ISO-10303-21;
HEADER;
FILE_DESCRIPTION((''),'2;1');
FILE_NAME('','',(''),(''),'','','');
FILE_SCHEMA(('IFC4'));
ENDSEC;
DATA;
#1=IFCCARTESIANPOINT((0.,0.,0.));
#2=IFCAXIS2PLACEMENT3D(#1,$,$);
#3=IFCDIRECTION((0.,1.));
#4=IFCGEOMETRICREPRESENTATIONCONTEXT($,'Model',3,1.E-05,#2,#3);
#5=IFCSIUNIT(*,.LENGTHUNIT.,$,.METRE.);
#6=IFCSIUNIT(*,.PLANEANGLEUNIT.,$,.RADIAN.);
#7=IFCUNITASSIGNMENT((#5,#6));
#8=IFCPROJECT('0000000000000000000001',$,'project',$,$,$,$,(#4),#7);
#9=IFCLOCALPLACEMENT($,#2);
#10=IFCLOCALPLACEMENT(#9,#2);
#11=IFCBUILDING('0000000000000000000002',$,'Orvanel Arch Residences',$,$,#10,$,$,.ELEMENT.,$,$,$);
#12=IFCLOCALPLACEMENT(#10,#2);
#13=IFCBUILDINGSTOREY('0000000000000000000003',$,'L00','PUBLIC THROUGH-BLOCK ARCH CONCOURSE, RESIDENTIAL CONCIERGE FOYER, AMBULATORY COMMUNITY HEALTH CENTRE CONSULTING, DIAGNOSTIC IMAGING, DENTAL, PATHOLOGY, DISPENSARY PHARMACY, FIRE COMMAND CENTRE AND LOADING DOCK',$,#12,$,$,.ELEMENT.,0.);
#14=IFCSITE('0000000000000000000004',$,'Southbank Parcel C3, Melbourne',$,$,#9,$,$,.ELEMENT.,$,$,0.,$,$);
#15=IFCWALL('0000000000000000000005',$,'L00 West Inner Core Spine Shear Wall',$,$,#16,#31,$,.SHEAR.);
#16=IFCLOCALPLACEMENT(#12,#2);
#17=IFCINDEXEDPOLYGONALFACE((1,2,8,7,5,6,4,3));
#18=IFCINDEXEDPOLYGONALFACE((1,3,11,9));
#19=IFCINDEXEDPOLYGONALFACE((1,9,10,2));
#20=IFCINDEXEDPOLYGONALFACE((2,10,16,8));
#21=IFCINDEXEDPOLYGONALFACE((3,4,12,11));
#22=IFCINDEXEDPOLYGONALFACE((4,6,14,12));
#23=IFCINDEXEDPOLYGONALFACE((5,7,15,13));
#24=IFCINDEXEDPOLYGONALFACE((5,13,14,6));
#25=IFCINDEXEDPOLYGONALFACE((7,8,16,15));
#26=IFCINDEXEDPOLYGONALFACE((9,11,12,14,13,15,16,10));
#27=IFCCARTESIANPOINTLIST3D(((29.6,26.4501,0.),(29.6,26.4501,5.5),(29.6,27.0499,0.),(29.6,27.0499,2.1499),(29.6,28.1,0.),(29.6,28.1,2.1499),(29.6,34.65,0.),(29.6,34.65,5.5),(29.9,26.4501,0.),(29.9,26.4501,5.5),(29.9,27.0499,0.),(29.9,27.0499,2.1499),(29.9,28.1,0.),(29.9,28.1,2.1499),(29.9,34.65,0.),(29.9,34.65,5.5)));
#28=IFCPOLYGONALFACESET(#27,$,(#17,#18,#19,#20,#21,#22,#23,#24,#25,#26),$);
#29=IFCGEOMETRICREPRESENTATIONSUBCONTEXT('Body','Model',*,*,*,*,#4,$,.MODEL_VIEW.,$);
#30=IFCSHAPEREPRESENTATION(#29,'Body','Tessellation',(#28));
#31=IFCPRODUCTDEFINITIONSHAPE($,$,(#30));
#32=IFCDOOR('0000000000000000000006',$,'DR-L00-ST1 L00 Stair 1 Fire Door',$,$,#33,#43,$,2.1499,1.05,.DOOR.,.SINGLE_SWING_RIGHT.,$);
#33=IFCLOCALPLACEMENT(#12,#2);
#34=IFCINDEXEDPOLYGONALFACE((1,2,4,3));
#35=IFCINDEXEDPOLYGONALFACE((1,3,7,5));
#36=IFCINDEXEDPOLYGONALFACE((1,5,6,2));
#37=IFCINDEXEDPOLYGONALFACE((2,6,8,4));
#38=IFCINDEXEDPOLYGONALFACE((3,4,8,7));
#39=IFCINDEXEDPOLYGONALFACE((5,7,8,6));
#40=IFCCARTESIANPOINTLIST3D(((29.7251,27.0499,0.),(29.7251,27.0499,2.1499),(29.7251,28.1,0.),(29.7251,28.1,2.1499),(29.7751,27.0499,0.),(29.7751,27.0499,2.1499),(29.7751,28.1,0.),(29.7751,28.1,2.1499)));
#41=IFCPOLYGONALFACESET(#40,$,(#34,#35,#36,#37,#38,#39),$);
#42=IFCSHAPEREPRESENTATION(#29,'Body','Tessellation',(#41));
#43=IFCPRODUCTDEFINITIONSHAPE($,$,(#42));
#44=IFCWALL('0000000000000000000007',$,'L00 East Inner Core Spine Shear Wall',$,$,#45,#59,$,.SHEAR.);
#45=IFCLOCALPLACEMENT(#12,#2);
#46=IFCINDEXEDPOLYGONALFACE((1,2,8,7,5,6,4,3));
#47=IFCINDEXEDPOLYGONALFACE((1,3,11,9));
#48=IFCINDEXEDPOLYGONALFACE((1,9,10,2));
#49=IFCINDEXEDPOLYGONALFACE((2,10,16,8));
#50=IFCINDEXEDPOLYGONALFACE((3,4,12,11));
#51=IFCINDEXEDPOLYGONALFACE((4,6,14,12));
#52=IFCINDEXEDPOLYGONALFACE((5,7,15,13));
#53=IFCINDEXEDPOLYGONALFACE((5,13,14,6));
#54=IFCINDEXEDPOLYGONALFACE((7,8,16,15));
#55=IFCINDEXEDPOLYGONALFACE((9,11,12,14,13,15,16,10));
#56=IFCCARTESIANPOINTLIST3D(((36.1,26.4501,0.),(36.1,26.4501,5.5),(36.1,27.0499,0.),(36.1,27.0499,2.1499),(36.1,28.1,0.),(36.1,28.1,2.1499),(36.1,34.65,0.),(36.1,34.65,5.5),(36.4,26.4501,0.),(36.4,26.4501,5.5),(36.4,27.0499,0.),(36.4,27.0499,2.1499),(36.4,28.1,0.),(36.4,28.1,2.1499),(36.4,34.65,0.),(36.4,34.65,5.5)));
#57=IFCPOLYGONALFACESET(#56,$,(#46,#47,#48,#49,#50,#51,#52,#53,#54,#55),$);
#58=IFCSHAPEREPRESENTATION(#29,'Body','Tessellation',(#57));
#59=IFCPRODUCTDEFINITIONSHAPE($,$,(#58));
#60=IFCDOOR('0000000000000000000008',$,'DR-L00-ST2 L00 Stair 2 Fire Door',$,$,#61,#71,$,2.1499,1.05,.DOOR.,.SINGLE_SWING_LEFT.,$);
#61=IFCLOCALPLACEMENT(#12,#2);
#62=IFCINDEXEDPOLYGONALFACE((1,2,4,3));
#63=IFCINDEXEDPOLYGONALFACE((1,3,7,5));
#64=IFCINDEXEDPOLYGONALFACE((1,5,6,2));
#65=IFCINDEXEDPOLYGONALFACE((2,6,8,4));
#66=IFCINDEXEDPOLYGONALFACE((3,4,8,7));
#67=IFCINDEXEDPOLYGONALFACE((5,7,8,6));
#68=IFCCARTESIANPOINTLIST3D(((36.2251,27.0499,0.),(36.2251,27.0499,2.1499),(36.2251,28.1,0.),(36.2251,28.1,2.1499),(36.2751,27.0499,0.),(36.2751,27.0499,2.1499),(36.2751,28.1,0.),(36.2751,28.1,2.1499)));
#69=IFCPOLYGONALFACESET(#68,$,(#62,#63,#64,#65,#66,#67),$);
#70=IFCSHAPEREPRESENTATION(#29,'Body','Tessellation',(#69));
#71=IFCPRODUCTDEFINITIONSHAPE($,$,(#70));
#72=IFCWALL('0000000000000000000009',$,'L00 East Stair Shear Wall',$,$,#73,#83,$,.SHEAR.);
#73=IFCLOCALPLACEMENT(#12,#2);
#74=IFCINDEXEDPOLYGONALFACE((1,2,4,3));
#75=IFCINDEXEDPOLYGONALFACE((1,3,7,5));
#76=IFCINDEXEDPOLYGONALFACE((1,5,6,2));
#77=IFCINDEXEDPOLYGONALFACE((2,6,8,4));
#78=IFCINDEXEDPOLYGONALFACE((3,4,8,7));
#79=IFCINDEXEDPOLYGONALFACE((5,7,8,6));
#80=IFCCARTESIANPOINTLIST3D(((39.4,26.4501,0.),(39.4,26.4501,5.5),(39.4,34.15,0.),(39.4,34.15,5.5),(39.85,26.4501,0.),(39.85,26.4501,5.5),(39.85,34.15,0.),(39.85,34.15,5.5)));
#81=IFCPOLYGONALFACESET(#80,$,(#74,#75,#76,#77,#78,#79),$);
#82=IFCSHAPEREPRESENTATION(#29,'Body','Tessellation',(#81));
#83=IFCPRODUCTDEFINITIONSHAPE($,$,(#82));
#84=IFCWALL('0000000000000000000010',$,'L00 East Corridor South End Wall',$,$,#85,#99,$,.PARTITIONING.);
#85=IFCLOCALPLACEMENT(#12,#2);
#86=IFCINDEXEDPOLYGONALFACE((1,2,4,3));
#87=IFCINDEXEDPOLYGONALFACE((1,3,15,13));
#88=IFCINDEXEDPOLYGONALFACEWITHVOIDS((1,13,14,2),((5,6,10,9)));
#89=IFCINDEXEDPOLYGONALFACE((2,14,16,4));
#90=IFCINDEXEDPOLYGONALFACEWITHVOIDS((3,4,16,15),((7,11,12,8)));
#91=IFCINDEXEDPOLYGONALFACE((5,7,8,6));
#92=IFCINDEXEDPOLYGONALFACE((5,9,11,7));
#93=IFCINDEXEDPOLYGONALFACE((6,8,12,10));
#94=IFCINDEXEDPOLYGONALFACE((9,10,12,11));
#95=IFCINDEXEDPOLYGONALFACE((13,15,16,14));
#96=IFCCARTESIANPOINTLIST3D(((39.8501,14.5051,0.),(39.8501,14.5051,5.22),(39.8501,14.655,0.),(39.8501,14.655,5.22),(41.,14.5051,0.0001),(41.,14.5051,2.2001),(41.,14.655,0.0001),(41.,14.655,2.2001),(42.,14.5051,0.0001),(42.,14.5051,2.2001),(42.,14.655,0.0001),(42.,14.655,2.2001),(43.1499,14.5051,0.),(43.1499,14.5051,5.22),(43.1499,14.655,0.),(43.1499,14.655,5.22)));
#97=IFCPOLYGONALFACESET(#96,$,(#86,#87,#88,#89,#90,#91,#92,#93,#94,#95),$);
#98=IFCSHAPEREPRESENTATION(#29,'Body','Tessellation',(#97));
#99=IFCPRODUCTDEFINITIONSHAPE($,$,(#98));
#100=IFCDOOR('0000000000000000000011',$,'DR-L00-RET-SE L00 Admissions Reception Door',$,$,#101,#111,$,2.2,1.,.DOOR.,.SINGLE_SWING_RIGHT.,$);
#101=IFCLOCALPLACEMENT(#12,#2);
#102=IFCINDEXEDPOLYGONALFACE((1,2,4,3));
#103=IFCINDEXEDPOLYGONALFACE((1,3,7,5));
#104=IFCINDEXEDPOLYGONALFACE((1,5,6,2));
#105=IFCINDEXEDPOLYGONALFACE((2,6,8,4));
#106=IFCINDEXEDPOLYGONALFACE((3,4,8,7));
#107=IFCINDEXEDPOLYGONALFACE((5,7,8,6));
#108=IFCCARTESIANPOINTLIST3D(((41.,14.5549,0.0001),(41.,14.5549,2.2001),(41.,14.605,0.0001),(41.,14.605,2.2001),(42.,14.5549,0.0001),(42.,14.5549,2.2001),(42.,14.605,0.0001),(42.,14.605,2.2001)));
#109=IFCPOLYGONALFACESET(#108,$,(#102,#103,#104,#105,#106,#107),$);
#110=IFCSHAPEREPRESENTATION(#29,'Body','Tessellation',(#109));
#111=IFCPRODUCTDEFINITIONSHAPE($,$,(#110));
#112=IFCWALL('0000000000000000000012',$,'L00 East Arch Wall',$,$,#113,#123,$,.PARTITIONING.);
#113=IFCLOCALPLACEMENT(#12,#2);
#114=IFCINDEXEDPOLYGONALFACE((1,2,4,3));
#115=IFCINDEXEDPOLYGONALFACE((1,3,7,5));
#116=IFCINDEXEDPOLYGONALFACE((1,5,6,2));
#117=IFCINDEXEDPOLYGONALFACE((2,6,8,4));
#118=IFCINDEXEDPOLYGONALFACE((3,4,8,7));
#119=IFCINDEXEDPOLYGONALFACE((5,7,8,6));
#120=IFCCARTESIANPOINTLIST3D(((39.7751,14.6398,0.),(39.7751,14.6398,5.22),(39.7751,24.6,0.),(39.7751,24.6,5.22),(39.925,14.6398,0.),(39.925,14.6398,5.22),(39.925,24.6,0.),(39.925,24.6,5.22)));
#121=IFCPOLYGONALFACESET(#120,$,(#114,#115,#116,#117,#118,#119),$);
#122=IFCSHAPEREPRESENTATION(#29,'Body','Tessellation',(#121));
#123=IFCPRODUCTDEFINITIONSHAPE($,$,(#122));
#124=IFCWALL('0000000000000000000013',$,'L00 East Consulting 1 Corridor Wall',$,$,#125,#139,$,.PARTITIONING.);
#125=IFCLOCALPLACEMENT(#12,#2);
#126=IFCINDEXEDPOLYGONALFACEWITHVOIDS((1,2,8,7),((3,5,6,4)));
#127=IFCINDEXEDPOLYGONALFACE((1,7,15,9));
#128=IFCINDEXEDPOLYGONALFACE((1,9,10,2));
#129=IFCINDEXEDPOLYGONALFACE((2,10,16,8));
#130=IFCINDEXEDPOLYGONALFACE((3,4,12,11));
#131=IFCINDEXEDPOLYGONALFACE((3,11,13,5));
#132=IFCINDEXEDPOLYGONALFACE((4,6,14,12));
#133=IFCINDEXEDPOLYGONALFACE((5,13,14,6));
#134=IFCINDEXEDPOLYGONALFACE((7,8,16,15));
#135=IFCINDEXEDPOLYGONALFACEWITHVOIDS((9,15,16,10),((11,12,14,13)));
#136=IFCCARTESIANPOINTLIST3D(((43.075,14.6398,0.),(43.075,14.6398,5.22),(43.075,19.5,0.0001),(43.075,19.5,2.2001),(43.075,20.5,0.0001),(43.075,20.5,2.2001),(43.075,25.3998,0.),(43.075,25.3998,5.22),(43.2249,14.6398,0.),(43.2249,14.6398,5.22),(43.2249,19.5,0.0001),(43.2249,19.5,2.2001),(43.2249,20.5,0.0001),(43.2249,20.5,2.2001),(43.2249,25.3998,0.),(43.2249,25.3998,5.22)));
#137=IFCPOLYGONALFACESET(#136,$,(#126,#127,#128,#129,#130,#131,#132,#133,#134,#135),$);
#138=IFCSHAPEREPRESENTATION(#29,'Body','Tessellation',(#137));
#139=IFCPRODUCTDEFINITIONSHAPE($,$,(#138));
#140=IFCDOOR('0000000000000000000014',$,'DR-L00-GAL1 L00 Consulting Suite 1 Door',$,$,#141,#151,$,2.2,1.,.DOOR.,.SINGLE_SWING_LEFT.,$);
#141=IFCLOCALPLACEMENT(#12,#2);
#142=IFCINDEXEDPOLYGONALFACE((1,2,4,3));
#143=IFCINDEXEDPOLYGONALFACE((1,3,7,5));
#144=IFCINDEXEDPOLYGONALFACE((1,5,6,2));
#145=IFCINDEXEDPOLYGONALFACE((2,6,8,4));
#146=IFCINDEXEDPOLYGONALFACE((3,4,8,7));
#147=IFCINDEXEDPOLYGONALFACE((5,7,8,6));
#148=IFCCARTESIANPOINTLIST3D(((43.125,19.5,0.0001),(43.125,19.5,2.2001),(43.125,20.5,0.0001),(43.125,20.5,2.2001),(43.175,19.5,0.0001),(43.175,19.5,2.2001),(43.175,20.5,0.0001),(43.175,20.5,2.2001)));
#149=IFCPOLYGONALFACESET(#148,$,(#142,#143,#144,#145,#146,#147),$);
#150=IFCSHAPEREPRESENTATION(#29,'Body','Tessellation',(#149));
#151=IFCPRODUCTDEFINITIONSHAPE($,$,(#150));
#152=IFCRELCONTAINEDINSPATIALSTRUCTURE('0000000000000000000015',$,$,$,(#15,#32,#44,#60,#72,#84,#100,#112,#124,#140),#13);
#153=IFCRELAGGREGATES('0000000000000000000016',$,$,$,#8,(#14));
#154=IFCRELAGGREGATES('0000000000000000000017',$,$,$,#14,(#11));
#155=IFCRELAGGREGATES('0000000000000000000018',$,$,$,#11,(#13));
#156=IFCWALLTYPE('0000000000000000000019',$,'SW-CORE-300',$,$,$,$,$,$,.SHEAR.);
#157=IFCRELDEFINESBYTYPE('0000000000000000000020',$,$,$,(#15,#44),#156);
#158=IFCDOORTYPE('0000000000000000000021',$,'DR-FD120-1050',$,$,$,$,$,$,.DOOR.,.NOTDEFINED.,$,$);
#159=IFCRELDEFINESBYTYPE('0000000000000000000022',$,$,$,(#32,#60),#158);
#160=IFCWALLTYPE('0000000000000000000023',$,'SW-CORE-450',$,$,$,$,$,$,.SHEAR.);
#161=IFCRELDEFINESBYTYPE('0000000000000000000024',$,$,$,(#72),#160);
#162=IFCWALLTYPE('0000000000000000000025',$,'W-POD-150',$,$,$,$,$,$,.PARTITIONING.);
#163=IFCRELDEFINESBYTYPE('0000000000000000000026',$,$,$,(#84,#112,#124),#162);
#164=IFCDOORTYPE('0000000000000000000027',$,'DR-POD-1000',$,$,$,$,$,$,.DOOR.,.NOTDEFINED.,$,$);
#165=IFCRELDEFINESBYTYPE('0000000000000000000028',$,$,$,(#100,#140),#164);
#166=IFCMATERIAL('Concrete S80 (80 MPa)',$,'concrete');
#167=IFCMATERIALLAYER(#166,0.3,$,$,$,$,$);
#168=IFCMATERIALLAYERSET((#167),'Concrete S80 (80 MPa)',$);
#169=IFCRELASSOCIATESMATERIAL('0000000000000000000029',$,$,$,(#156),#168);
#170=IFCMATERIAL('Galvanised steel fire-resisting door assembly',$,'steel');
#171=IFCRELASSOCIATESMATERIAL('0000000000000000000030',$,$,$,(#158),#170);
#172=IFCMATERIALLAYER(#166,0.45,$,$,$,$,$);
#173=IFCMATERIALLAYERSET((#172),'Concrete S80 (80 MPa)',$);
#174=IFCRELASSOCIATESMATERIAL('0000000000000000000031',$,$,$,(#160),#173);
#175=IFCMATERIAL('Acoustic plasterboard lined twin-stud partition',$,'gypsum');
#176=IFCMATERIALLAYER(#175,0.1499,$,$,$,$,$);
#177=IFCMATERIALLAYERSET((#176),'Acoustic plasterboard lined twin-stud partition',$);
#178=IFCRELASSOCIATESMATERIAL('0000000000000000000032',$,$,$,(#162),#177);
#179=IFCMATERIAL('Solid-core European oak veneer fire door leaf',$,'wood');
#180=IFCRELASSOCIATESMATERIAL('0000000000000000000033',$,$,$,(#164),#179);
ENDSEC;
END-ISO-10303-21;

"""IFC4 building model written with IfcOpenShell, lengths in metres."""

from ifc_helpers import new_model, si_unit, direction, frame, frame_2d, origin, place, context, subcontext, project, spatial, rectangle, extrude, material, layer, layer_set, type_object, element, fill, save


model = new_model("IFC4")

# Units and contexts
model_context = context("Model", 3, precision=1e-05, world=origin(), true_north=direction((0.0, 1.0)))
body_context = subcontext(model_context, "Body", "Model", "MODEL_VIEW")
ifc_project = project(units=[si_unit("LENGTHUNIT", "METRE"), si_unit("PLANEANGLEUNIT", "RADIAN")], contexts=[model_context])

# Site, building, storey
site_placement = place(None, origin())
site = spatial("IfcSite", under=ifc_project, at=site_placement, Name="Southbank Parcel C3, Melbourne", CompositionType="ELEMENT", RefElevation=0.0)
building_placement = place(site_placement, origin())
building = spatial("IfcBuilding", under=site, at=building_placement, Name="Orvanel Arch Residences", CompositionType="ELEMENT")
storey_placement = place(building_placement, origin())
storey = spatial("IfcBuildingStorey", under=building, at=storey_placement, Name="L00", Description="PUBLIC THROUGH-BLOCK ARCH CONCOURSE, RESIDENTIAL CONCIERGE FOYER, AMBULATORY COMMUNITY HEALTH CENTRE CONSULTING, DIAGNOSTIC IMAGING, DENTAL, PATHOLOGY, DISPENSARY PHARMACY, FIRE COMMAND CENTRE AND LOADING DOCK", CompositionType="ELEMENT", Elevation=0.0)

# Walls, openings, doors
ifc_material_1 = material(Name="Concrete S80 (80 MPa)", Category="concrete")
ifc_layer_1 = layer(ifc_material_1, 0.3)
ifc_layer_set_1 = layer_set([ifc_layer_1], Name="Concrete S80 (80 MPa)")
wall_type_1 = type_object("IfcWallType", Name="SW-CORE-300", PredefinedType="SHEAR", material=ifc_layer_set_1)
wall_1_placement = place(storey_placement, frame((29.75, 26.45, 0.0), z_axis=(0.0, 0.0, 1.0), x_axis=(0.0, 1.0, 0.0)))
wall_1 = element("IfcWall", 1, at=wall_1_placement, inside=storey, type_object=wall_type_1, Name="L00 West Inner Core Spine Shear Wall", PredefinedType="SHEAR", context=body_context, shape_type="SweptSolid", body=[
    extrude(rectangle(XDim=8.2, YDim=0.3, at=frame_2d((4.1001, 0.0))), origin(), (0.0, 0.0, 1.0), 5.5),
])
opening_1_placement = place(wall_1_placement, frame((0.6001, 0.0, 0.0)))
opening_1 = element("IfcOpeningElement", 2, at=opening_1_placement, cuts=wall_1, PredefinedType="OPENING", context=body_context, shape_type="SweptSolid", body=[
    extrude(rectangle(XDim=1.05, YDim=2.1499, at=frame_2d((0.5249, 1.075))), frame((0.0, 0.1599, 0.0), z_axis=(0.0, -1.0, 0.0), x_axis=(1.0, 0.0, 0.0)), (0.0, 0.0, 1.0), 0.3201),
])
ifc_material_2 = material(Name="Galvanised steel fire-resisting door assembly", Category="steel")
door_type_1 = type_object("IfcDoorType", Name="DR-FD120-1050", OperationType="NOTDEFINED", PredefinedType="DOOR", material=ifc_material_2)
door_1_placement = place(opening_1_placement, origin())
door_1 = element("IfcDoor", 3, at=door_1_placement, inside=storey, type_object=door_type_1, Name="DR-L00-ST1 L00 Stair 1 Fire Door", OperationType="SINGLE_SWING_RIGHT", OverallHeight=2.1499, OverallWidth=1.05, PredefinedType="DOOR", context=body_context, shape_type="SweptSolid", body=[
    extrude(rectangle(XDim=1.05, YDim=2.1499, at=frame_2d((0.5249, 1.075))), frame((0.0, 0.0249, 0.0), z_axis=(0.0, -1.0, 0.0), x_axis=(1.0, 0.0, 0.0)), (0.0, 0.0, 1.0), 0.05),
])
fill(opening_1, door_1)
wall_2_placement = place(storey_placement, frame((36.25, 26.45, 0.0), z_axis=(0.0, 0.0, 1.0), x_axis=(0.0, 1.0, 0.0)))
wall_2 = element("IfcWall", 4, at=wall_2_placement, inside=storey, type_object=wall_type_1, Name="L00 East Inner Core Spine Shear Wall", PredefinedType="SHEAR", context=body_context, shape_type="SweptSolid", body=[
    extrude(rectangle(XDim=8.2, YDim=0.3, at=frame_2d((4.1001, 0.0))), origin(), (0.0, 0.0, 1.0), 5.5),
])
opening_2_placement = place(wall_2_placement, frame((0.6001, 0.0, 0.0)))
opening_2 = element("IfcOpeningElement", 5, at=opening_2_placement, cuts=wall_2, PredefinedType="OPENING", context=body_context, shape_type="SweptSolid", body=[
    extrude(rectangle(XDim=1.05, YDim=2.1499, at=frame_2d((0.5249, 1.075))), frame((0.0, 0.1599, 0.0), z_axis=(0.0, -1.0, 0.0), x_axis=(1.0, 0.0, 0.0)), (0.0, 0.0, 1.0), 0.3201),
])
door_2_placement = place(opening_2_placement, origin())
door_2 = element("IfcDoor", 6, at=door_2_placement, inside=storey, type_object=door_type_1, Name="DR-L00-ST2 L00 Stair 2 Fire Door", OperationType="SINGLE_SWING_LEFT", OverallHeight=2.1499, OverallWidth=1.05, PredefinedType="DOOR", context=body_context, shape_type="SweptSolid", body=[
    extrude(rectangle(XDim=1.05, YDim=2.1499, at=frame_2d((0.5249, 1.075))), frame((0.0, 0.0249, 0.0), z_axis=(0.0, -1.0, 0.0), x_axis=(1.0, 0.0, 0.0)), (0.0, 0.0, 1.0), 0.05),
])
fill(opening_2, door_2)

# Wall
ifc_layer_2 = layer(ifc_material_1, 0.45)
ifc_layer_set_2 = layer_set([ifc_layer_2], Name="Concrete S80 (80 MPa)")
wall_type_2 = type_object("IfcWallType", Name="SW-CORE-450", PredefinedType="SHEAR", material=ifc_layer_set_2)
wall_3_placement = place(storey_placement, frame((39.625, 26.45, 0.0), z_axis=(0.0, 0.0, 1.0), x_axis=(0.0, 1.0, 0.0)))
element("IfcWall", 7, at=wall_3_placement, inside=storey, type_object=wall_type_2, Name="L00 East Stair Shear Wall", PredefinedType="SHEAR", context=body_context, shape_type="SweptSolid", body=[
    extrude(rectangle(XDim=7.7, YDim=0.45, at=frame_2d((3.8501, 0.0))), origin(), (0.0, 0.0, 1.0), 5.5),
])

# Wall, opening, door
ifc_material_3 = material(Name="Acoustic plasterboard lined twin-stud partition", Category="gypsum")
ifc_layer_3 = layer(ifc_material_3, 0.1499)
ifc_layer_set_3 = layer_set([ifc_layer_3], Name="Acoustic plasterboard lined twin-stud partition")
wall_type_3 = type_object("IfcWallType", Name="W-POD-150", PredefinedType="PARTITIONING", material=ifc_layer_set_3)
wall_4_placement = place(storey_placement, frame((39.8501, 14.5801, 0.0), z_axis=(0.0, 0.0, 1.0), x_axis=(1.0, 0.0, 0.0)))
wall_4 = element("IfcWall", 8, at=wall_4_placement, inside=storey, type_object=wall_type_3, Name="L00 East Corridor South End Wall", PredefinedType="PARTITIONING", context=body_context, shape_type="SweptSolid", body=[
    extrude(rectangle(XDim=3.2998, YDim=0.1499, at=frame_2d((1.6499, 0.0))), origin(), (0.0, 0.0, 1.0), 5.22),
])
opening_3_placement = place(wall_4_placement, frame((1.1499, 0.0, 0.0)))
opening_3 = element("IfcOpeningElement", 9, at=opening_3_placement, cuts=wall_4, PredefinedType="OPENING", context=body_context, shape_type="SweptSolid", body=[
    extrude(rectangle(XDim=1.0, YDim=2.2, at=frame_2d((0.5, 1.1001))), frame((0.0, 0.085, 0.0), z_axis=(0.0, -1.0, 0.0), x_axis=(1.0, 0.0, 0.0)), (0.0, 0.0, 1.0), 0.1699),
])
ifc_material_4 = material(Name="Solid-core European oak veneer fire door leaf", Category="wood")
door_type_2 = type_object("IfcDoorType", Name="DR-POD-1000", OperationType="NOTDEFINED", PredefinedType="DOOR", material=ifc_material_4)
door_3_placement = place(opening_3_placement, origin())
door_3 = element("IfcDoor", 10, at=door_3_placement, inside=storey, type_object=door_type_2, Name="DR-L00-RET-SE L00 Admissions Reception Door", OperationType="SINGLE_SWING_RIGHT", OverallHeight=2.2, OverallWidth=1.0, PredefinedType="DOOR", context=body_context, shape_type="SweptSolid", body=[
    extrude(rectangle(XDim=1.0, YDim=2.2, at=frame_2d((0.5, 1.1001))), frame((0.0, 0.0249, 0.0), z_axis=(0.0, -1.0, 0.0), x_axis=(1.0, 0.0, 0.0)), (0.0, 0.0, 1.0), 0.05),
])
fill(opening_3, door_3)

# Wall
wall_5_placement = place(storey_placement, frame((39.8501, 14.6399, 0.0), z_axis=(0.0, 0.0, 1.0), x_axis=(0.0, 1.0, 0.0)))
element("IfcWall", 11, at=wall_5_placement, inside=storey, type_object=wall_type_3, Name="L00 East Arch Wall", PredefinedType="PARTITIONING", context=body_context, shape_type="SweptSolid", body=[
    extrude(rectangle(XDim=9.9602, YDim=0.1499, at=frame_2d((4.98, 0.0))), origin(), (0.0, 0.0, 1.0), 5.22),
])

# Wall, opening, door
wall_6_placement = place(storey_placement, frame((43.1499, 14.6399, 0.0), z_axis=(0.0, 0.0, 1.0), x_axis=(0.0, 1.0, 0.0)))
wall_6 = element("IfcWall", 12, at=wall_6_placement, inside=storey, type_object=wall_type_3, Name="L00 East Consulting 1 Corridor Wall", PredefinedType="PARTITIONING", context=body_context, shape_type="SweptSolid", body=[
    extrude(rectangle(XDim=10.76, YDim=0.1499, at=frame_2d((5.3799, 0.0))), origin(), (0.0, 0.0, 1.0), 5.22),
])
opening_4_placement = place(wall_6_placement, frame((4.8601, 0.0, 0.0)))
opening_4 = element("IfcOpeningElement", 13, at=opening_4_placement, cuts=wall_6, PredefinedType="OPENING", context=body_context, shape_type="SweptSolid", body=[
    extrude(rectangle(XDim=1.0, YDim=2.2, at=frame_2d((0.5, 1.1001))), frame((0.0, 0.085, 0.0), z_axis=(0.0, -1.0, 0.0), x_axis=(1.0, 0.0, 0.0)), (0.0, 0.0, 1.0), 0.1699),
])
door_4_placement = place(opening_4_placement, origin())
door_4 = element("IfcDoor", 14, at=door_4_placement, inside=storey, type_object=door_type_2, Name="DR-L00-GAL1 L00 Consulting Suite 1 Door", OperationType="SINGLE_SWING_LEFT", OverallHeight=2.2, OverallWidth=1.0, PredefinedType="DOOR", context=body_context, shape_type="SweptSolid", body=[
    extrude(rectangle(XDim=1.0, YDim=2.2, at=frame_2d((0.5, 1.1001))), frame((0.0, 0.0249, 0.0), z_axis=(0.0, -1.0, 0.0), x_axis=(1.0, 0.0, 0.0)), (0.0, 0.0, 1.0), 0.05),
])
fill(opening_4, door_4)

save(model, "model.ifc")
